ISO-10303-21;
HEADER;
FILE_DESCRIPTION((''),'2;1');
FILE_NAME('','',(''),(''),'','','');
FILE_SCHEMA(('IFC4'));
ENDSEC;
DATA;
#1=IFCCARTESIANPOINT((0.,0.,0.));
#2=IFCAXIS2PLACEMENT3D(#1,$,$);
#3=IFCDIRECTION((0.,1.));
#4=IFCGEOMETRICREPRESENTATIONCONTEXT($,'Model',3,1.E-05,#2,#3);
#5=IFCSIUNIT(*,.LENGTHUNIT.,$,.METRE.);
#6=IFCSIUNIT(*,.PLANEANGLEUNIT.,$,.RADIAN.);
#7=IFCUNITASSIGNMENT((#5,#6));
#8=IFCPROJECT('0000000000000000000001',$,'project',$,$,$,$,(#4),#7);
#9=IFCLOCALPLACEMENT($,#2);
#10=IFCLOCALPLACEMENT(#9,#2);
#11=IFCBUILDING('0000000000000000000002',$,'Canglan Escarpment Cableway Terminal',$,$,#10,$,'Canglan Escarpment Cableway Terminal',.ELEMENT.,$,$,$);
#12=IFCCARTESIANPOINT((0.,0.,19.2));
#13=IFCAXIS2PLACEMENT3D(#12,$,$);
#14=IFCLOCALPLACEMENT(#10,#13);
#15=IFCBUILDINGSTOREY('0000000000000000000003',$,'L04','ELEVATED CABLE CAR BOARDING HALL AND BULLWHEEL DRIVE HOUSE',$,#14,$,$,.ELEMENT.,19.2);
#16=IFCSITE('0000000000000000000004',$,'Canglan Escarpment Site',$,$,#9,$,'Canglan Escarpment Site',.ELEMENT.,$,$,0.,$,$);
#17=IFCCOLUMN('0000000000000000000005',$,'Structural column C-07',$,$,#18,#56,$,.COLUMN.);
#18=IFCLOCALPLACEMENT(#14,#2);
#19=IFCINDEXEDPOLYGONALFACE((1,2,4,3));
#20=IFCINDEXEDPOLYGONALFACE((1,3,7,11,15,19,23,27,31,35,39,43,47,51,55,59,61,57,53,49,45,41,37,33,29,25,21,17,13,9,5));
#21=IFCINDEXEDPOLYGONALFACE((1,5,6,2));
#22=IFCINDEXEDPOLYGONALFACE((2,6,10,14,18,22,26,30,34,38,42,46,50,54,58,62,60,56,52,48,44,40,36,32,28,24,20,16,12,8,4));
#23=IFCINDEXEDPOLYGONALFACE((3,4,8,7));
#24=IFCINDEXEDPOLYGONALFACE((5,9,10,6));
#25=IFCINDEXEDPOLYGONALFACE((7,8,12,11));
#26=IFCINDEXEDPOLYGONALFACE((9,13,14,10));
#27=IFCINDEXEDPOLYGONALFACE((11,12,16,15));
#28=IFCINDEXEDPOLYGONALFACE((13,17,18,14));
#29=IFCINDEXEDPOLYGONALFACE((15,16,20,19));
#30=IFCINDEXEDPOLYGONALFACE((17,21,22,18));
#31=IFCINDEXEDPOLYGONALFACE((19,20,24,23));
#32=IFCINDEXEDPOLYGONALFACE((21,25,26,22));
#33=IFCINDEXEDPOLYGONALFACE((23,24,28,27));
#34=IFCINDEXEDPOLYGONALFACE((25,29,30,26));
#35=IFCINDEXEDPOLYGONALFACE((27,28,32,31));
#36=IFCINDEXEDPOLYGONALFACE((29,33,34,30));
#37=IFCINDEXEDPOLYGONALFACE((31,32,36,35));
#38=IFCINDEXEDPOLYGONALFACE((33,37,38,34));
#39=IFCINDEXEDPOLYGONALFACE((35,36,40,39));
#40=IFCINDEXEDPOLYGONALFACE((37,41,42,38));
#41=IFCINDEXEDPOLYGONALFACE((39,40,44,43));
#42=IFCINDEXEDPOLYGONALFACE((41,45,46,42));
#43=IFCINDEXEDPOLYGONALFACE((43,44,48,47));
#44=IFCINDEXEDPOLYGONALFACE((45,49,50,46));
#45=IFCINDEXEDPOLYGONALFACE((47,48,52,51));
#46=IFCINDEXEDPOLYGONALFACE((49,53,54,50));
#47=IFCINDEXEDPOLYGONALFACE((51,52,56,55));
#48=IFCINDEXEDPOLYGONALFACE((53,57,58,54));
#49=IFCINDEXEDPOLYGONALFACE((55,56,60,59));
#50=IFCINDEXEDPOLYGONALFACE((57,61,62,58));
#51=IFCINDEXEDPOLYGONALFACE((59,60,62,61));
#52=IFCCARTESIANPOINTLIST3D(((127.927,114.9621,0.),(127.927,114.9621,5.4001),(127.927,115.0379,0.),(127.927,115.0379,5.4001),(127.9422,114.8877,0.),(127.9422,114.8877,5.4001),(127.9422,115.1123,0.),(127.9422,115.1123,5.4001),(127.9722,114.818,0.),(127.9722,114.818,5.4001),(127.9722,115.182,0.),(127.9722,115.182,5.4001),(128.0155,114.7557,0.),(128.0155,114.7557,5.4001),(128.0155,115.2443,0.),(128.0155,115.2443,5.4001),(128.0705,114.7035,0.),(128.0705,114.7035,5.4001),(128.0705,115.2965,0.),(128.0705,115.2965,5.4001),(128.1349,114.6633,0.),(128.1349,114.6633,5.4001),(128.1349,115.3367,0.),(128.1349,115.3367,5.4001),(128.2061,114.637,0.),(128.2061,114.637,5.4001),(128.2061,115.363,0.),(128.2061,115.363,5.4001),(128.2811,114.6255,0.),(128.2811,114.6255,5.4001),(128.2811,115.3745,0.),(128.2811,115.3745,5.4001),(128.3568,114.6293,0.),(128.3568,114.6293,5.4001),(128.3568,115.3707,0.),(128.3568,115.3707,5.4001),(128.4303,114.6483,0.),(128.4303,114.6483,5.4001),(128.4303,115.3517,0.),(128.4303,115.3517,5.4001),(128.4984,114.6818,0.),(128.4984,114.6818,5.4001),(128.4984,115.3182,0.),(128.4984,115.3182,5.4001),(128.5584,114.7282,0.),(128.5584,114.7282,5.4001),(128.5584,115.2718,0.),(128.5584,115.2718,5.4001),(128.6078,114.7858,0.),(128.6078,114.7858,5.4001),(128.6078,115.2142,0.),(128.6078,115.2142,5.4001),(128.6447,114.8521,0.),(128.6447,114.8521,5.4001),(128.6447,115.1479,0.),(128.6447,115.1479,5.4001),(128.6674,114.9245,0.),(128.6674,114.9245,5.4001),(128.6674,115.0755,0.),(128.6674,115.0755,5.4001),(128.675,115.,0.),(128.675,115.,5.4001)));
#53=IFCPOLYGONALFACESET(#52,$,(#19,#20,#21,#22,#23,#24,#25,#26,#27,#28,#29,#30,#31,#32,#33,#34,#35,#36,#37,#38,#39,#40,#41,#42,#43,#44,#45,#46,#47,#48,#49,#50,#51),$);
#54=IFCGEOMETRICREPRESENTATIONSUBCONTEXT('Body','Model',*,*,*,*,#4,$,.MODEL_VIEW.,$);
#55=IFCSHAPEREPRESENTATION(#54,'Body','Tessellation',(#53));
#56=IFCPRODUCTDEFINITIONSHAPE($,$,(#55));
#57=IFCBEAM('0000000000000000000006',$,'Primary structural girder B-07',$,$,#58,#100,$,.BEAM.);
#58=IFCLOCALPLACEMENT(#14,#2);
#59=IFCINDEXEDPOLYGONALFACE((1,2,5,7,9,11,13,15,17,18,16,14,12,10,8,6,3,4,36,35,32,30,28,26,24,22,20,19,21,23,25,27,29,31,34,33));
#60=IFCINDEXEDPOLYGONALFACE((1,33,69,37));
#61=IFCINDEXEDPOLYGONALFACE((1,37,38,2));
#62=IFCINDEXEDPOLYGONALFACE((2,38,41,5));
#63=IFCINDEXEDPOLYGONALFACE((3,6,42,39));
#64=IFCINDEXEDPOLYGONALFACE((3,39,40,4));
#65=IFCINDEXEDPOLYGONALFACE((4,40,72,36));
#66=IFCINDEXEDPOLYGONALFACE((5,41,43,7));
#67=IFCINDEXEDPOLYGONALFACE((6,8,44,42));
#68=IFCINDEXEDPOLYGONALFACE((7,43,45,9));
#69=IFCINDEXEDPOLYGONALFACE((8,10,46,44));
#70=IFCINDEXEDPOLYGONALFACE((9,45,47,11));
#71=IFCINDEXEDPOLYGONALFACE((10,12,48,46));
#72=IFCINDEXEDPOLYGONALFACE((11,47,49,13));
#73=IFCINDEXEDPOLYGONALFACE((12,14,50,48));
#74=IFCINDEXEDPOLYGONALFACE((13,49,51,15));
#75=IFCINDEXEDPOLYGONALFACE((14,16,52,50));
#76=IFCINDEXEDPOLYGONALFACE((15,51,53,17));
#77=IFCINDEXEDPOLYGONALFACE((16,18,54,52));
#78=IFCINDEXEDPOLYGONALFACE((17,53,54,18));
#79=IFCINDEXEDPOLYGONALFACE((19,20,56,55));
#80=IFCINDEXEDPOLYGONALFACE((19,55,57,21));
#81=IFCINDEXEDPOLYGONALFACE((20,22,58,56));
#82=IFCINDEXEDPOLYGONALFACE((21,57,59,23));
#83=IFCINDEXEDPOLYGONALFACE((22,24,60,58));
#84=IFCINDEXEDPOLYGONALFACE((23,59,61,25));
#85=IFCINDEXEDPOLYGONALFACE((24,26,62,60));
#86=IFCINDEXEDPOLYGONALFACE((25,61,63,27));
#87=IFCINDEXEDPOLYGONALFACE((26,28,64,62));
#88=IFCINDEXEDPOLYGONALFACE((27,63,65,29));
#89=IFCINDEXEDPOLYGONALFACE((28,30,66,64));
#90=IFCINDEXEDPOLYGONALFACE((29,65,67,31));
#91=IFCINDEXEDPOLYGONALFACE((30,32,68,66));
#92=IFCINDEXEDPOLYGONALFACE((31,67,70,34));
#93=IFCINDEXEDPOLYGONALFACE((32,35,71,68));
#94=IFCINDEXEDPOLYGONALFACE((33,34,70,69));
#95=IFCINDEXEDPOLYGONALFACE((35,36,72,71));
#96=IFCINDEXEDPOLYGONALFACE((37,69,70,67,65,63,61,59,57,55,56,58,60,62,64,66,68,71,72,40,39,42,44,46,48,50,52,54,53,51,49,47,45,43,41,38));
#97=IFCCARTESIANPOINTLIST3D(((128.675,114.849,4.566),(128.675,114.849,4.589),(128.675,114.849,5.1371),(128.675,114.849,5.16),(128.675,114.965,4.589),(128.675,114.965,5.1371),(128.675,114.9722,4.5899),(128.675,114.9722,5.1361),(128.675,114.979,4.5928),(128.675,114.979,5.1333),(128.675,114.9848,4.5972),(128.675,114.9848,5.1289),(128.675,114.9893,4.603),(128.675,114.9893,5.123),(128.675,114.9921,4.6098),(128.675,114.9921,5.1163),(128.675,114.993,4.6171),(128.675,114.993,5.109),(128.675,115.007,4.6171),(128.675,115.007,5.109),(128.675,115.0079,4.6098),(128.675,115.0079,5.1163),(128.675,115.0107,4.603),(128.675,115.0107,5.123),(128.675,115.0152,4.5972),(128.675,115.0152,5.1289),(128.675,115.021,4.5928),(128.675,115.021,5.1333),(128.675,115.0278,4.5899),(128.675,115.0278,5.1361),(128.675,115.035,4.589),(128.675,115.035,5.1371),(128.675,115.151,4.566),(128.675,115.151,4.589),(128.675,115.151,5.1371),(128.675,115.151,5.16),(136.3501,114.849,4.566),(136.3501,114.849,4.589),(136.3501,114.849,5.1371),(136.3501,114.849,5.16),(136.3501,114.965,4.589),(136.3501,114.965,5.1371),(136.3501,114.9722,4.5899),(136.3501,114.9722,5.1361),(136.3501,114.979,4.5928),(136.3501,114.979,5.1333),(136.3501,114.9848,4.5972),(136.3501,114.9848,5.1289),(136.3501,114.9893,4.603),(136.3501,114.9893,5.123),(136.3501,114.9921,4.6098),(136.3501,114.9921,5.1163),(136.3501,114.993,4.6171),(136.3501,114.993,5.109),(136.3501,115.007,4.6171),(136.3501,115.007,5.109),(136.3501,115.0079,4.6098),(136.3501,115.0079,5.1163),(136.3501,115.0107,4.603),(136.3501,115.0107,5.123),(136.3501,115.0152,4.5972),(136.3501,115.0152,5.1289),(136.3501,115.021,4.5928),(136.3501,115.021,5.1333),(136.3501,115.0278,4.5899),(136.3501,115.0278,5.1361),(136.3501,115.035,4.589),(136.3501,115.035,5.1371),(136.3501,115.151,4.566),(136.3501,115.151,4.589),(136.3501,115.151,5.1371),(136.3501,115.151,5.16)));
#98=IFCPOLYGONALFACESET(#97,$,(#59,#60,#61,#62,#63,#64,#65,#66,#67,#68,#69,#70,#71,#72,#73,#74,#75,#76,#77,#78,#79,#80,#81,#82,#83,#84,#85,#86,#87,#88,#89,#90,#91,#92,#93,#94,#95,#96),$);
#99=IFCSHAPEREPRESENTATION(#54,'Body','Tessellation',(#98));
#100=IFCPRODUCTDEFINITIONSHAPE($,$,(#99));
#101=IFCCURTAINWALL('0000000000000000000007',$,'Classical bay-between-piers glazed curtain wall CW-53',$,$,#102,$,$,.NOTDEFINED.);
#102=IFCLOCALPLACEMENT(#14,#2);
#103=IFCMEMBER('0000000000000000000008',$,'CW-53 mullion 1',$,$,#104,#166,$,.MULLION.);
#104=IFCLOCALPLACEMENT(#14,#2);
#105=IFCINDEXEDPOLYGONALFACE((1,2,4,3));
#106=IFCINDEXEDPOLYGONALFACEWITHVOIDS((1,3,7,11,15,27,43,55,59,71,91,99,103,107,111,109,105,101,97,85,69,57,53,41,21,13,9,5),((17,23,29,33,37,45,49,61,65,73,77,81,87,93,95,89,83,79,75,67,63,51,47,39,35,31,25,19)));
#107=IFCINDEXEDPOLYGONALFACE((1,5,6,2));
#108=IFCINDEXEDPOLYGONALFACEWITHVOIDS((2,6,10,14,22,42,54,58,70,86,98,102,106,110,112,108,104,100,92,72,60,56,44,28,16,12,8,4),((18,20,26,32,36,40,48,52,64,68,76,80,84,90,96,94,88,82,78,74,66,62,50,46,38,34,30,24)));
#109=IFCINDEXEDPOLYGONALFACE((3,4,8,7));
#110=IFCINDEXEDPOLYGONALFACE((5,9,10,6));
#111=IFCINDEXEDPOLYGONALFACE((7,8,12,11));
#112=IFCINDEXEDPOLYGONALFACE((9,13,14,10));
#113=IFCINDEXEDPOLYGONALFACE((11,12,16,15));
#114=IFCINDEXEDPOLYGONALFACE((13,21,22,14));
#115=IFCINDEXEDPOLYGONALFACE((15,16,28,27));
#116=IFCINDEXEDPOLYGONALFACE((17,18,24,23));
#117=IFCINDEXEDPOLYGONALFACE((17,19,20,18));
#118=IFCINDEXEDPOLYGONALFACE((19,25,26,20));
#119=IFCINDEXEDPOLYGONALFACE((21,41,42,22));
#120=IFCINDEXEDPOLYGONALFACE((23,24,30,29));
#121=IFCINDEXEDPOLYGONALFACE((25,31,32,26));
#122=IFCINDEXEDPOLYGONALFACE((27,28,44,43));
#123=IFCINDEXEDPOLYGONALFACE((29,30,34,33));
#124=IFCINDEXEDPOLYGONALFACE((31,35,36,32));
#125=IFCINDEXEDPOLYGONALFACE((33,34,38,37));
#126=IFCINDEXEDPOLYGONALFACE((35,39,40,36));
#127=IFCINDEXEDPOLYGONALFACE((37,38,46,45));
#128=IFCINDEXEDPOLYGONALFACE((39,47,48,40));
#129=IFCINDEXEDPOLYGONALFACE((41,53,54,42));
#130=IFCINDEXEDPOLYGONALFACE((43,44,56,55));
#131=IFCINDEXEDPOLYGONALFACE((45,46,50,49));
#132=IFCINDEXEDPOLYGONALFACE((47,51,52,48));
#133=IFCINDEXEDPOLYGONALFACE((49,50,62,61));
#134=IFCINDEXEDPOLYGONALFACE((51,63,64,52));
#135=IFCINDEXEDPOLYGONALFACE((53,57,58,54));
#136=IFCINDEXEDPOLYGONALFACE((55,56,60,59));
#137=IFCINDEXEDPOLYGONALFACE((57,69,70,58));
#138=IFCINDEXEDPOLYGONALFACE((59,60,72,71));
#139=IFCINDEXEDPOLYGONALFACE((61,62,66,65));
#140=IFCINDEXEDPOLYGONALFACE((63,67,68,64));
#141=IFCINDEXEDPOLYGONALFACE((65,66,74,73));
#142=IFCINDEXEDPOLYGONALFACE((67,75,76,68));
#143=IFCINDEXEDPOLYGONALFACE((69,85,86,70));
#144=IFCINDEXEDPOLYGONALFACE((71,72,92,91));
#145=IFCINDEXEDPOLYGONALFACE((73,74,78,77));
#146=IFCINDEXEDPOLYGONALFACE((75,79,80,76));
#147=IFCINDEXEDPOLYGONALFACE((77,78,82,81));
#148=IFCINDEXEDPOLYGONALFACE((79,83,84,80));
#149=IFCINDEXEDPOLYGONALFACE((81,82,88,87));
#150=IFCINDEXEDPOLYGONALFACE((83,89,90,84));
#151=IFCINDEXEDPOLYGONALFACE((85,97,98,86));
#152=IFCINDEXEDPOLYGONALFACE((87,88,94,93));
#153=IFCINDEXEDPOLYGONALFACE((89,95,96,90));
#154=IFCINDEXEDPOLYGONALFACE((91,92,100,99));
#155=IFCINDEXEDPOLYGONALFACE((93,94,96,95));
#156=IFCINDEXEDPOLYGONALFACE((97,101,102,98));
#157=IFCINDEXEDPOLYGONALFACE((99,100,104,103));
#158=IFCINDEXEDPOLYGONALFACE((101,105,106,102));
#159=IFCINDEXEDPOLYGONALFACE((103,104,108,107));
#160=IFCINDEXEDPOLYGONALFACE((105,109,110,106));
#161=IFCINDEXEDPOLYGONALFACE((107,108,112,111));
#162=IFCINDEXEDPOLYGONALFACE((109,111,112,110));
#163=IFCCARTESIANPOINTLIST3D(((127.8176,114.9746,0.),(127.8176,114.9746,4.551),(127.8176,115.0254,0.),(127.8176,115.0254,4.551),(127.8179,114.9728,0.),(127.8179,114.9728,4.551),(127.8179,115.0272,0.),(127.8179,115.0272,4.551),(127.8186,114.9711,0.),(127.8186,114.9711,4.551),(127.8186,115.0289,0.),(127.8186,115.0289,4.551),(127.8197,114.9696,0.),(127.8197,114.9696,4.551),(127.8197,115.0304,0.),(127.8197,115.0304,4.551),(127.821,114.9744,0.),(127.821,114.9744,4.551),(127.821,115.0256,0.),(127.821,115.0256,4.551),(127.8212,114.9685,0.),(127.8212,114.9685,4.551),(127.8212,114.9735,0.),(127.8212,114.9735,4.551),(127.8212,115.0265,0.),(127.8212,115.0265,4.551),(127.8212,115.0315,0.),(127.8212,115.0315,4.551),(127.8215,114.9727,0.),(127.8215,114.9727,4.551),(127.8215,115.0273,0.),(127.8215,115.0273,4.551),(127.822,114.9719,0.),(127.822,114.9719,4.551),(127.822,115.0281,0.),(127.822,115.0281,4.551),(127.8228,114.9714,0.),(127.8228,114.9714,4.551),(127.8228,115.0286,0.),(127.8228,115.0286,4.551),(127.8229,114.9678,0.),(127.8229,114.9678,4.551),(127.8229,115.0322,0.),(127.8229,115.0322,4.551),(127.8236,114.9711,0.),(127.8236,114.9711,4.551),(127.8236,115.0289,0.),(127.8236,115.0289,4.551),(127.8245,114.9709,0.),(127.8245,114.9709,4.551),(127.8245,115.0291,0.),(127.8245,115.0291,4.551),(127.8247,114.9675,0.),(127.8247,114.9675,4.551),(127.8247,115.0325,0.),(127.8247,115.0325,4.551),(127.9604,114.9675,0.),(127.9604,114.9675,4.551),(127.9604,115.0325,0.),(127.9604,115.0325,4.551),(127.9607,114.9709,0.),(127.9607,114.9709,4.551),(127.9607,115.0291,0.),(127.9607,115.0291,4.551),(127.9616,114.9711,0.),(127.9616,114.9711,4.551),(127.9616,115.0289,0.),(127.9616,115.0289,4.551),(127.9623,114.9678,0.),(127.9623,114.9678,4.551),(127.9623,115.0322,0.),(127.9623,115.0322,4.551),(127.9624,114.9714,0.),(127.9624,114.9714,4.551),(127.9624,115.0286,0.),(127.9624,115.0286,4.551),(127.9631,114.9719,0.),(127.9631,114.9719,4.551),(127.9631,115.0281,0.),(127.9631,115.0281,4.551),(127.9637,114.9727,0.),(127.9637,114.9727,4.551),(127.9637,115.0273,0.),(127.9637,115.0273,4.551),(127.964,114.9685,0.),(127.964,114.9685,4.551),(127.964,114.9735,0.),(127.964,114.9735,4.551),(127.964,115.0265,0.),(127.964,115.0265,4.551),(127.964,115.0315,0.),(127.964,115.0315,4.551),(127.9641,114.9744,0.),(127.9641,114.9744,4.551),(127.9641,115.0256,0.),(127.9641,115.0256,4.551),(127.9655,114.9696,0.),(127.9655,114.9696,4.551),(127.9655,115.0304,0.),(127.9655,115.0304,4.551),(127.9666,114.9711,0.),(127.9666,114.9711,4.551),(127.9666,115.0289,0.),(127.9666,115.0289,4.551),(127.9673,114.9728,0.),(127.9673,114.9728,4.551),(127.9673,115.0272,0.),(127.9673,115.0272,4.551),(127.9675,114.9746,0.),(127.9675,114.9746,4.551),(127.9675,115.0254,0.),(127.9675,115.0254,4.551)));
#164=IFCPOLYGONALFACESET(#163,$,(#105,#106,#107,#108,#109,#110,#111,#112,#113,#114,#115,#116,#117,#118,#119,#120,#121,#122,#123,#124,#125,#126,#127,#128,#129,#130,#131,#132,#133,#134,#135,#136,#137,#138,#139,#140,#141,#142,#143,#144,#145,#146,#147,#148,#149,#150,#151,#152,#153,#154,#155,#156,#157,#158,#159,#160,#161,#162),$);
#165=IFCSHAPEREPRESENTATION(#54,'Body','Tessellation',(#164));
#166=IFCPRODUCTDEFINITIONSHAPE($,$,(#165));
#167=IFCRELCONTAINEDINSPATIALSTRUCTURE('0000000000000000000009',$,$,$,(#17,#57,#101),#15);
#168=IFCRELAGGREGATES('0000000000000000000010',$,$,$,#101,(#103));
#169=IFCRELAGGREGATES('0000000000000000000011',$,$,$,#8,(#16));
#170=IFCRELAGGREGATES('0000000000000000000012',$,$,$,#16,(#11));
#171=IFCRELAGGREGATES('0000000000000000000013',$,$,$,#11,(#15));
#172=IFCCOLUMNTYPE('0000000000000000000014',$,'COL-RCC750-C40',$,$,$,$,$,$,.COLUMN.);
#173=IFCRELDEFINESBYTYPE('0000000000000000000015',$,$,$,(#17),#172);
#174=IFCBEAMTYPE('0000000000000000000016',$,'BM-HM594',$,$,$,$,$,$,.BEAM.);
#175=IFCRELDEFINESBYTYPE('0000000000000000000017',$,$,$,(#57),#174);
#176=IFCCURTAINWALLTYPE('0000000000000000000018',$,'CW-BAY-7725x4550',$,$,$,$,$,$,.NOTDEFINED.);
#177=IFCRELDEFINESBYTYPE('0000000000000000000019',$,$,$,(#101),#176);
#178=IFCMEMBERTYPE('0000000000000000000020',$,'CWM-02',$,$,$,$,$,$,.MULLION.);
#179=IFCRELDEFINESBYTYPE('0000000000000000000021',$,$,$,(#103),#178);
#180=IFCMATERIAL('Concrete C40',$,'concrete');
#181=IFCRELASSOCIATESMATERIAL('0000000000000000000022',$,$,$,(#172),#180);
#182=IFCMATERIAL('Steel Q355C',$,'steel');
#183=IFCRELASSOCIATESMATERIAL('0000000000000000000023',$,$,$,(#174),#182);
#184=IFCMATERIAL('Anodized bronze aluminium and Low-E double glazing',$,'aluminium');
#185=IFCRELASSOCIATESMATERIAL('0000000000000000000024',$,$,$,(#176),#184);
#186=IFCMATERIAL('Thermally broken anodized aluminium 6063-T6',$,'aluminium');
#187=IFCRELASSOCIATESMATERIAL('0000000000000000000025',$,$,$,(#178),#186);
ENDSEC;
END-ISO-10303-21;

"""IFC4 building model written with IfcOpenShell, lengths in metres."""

from ifc_helpers import new_model, si_unit, direction, frame, origin, origin_2d, place, context, subcontext, project, spatial, hollow_rectangle, circle, i_section, extrude, material, material_profile, profile_set, type_object, element, aggregate, save


model = new_model("IFC4")

# Units and contexts
model_context = context("Model", 3, precision=1e-05, world=origin(), true_north=direction((0.0, 1.0)))
body_context = subcontext(model_context, "Body", "Model", "MODEL_VIEW")
ifc_project = project(units=[si_unit("LENGTHUNIT", "METRE"), si_unit("PLANEANGLEUNIT", "RADIAN")], contexts=[model_context])

# Site, building, storey
site_placement = place(None, origin())
site = spatial("IfcSite", under=ifc_project, at=site_placement, Name="Canglan Escarpment Site", LongName="Canglan Escarpment Site", CompositionType="ELEMENT", RefElevation=0.0)
building_placement = place(site_placement, origin())
building = spatial("IfcBuilding", under=site, at=building_placement, Name="Canglan Escarpment Cableway Terminal", LongName="Canglan Escarpment Cableway Terminal", CompositionType="ELEMENT")
storey_placement = place(building_placement, frame((0.0, 0.0, 19.2)))
storey = spatial("IfcBuildingStorey", under=building, at=storey_placement, Name="L04", Description="ELEVATED CABLE CAR BOARDING HALL AND BULLWHEEL DRIVE HOUSE", CompositionType="ELEMENT", Elevation=19.2)

# Column
ifc_material_1 = material(Name="Concrete C40", Category="concrete")
ifc_material_profile_1 = material_profile(ifc_material_1, circle(Radius=0.375, at=origin_2d()), Name="RC-CIRC D750")
ifc_profile_set_1 = profile_set([ifc_material_profile_1], Name="Concrete C40")
column_type = type_object("IfcColumnType", Name="COL-RCC750-C40", PredefinedType="COLUMN", material=ifc_profile_set_1)
column_placement = place(storey_placement, frame((128.3, 115.0, 0.0), z_axis=(0.0, 0.0, 1.0), x_axis=(1.0, 0.0, 0.0)))
element("IfcColumn", 1, at=column_placement, inside=storey, type_object=column_type, Name="Structural column C-07", PredefinedType="COLUMN", context=body_context, shape_type="SweptSolid", body=[
    extrude(circle(Radius=0.375, at=origin_2d()), origin(), (0.0, 0.0, 1.0), 5.4001),
])

# Beam
ifc_material_2 = material(Name="Steel Q355C", Category="steel")
ifc_material_profile_2 = material_profile(ifc_material_2, i_section(OverallWidth=0.302, OverallDepth=0.594, WebThickness=0.0139, FlangeThickness=0.0229, FilletRadius=0.0281, at=origin_2d()), Name="HM 594x302x14x23")
ifc_profile_set_2 = profile_set([ifc_material_profile_2], Name="Steel Q355C")
beam_type = type_object("IfcBeamType", Name="BM-HM594", PredefinedType="BEAM", material=ifc_profile_set_2)
beam_placement = place(storey_placement, frame((128.675, 115.0, 4.863), z_axis=(1.0, 0.0, 0.0), x_axis=(0.0, 1.0, 0.0)))
element("IfcBeam", 2, at=beam_placement, inside=storey, type_object=beam_type, Name="Primary structural girder B-07", PredefinedType="BEAM", context=body_context, shape_type="SweptSolid", body=[
    extrude(i_section(OverallWidth=0.302, OverallDepth=0.594, WebThickness=0.0139, FlangeThickness=0.0229, FilletRadius=0.0281, at=origin_2d()), origin(), (0.0, 0.0, 1.0), 7.675),
])

# Curtain wall, member
ifc_material_3 = material(Name="Anodized bronze aluminium and Low-E double glazing", Category="aluminium")
curtain_wall_type_1 = type_object("IfcCurtainWallType", Name="CW-BAY-7725x4550", PredefinedType="NOTDEFINED", material=ifc_material_3)
curtain_wall_1_placement = place(storey_placement, origin())
curtain_wall_1 = element("IfcCurtainWall", 3, at=curtain_wall_1_placement, inside=storey, type_object=curtain_wall_type_1, Name="Classical bay-between-piers glazed curtain wall CW-53", PredefinedType="NOTDEFINED")
ifc_material_4 = material(Name="Thermally broken anodized aluminium 6063-T6", Category="aluminium")
ifc_material_profile_3 = material_profile(ifc_material_4, hollow_rectangle(XDim=0.0649, YDim=0.1499, WallThickness=0.0034, InnerFilletRadius=0.0034, OuterFilletRadius=0.0071, at=origin_2d()), Name="ALU-MULL 65x150x3.5")
ifc_profile_set_3 = profile_set([ifc_material_profile_3], Name="Thermally broken anodized aluminium 6063-T6")
member_type_1 = type_object("IfcMemberType", Name="CWM-02", PredefinedType="MULLION", material=ifc_profile_set_3)
member_1_placement = place(storey_placement, frame((127.8926, 115.0, 0.0), z_axis=(0.0, 0.0, 1.0), x_axis=(0.0, -1.0, 0.0)))
member_1 = element("IfcMember", 4, at=member_1_placement, type_object=member_type_1, Name="CW-53 mullion 1", PredefinedType="MULLION", context=body_context, shape_type="SweptSolid", body=[
    extrude(hollow_rectangle(XDim=0.0649, YDim=0.1499, WallThickness=0.0034, InnerFilletRadius=0.0034, OuterFilletRadius=0.0071, at=origin_2d()), origin(), (0.0, 0.0, 1.0), 4.551),
])

aggregate(curtain_wall_1, [member_1])

save(model, "model.ifc")
